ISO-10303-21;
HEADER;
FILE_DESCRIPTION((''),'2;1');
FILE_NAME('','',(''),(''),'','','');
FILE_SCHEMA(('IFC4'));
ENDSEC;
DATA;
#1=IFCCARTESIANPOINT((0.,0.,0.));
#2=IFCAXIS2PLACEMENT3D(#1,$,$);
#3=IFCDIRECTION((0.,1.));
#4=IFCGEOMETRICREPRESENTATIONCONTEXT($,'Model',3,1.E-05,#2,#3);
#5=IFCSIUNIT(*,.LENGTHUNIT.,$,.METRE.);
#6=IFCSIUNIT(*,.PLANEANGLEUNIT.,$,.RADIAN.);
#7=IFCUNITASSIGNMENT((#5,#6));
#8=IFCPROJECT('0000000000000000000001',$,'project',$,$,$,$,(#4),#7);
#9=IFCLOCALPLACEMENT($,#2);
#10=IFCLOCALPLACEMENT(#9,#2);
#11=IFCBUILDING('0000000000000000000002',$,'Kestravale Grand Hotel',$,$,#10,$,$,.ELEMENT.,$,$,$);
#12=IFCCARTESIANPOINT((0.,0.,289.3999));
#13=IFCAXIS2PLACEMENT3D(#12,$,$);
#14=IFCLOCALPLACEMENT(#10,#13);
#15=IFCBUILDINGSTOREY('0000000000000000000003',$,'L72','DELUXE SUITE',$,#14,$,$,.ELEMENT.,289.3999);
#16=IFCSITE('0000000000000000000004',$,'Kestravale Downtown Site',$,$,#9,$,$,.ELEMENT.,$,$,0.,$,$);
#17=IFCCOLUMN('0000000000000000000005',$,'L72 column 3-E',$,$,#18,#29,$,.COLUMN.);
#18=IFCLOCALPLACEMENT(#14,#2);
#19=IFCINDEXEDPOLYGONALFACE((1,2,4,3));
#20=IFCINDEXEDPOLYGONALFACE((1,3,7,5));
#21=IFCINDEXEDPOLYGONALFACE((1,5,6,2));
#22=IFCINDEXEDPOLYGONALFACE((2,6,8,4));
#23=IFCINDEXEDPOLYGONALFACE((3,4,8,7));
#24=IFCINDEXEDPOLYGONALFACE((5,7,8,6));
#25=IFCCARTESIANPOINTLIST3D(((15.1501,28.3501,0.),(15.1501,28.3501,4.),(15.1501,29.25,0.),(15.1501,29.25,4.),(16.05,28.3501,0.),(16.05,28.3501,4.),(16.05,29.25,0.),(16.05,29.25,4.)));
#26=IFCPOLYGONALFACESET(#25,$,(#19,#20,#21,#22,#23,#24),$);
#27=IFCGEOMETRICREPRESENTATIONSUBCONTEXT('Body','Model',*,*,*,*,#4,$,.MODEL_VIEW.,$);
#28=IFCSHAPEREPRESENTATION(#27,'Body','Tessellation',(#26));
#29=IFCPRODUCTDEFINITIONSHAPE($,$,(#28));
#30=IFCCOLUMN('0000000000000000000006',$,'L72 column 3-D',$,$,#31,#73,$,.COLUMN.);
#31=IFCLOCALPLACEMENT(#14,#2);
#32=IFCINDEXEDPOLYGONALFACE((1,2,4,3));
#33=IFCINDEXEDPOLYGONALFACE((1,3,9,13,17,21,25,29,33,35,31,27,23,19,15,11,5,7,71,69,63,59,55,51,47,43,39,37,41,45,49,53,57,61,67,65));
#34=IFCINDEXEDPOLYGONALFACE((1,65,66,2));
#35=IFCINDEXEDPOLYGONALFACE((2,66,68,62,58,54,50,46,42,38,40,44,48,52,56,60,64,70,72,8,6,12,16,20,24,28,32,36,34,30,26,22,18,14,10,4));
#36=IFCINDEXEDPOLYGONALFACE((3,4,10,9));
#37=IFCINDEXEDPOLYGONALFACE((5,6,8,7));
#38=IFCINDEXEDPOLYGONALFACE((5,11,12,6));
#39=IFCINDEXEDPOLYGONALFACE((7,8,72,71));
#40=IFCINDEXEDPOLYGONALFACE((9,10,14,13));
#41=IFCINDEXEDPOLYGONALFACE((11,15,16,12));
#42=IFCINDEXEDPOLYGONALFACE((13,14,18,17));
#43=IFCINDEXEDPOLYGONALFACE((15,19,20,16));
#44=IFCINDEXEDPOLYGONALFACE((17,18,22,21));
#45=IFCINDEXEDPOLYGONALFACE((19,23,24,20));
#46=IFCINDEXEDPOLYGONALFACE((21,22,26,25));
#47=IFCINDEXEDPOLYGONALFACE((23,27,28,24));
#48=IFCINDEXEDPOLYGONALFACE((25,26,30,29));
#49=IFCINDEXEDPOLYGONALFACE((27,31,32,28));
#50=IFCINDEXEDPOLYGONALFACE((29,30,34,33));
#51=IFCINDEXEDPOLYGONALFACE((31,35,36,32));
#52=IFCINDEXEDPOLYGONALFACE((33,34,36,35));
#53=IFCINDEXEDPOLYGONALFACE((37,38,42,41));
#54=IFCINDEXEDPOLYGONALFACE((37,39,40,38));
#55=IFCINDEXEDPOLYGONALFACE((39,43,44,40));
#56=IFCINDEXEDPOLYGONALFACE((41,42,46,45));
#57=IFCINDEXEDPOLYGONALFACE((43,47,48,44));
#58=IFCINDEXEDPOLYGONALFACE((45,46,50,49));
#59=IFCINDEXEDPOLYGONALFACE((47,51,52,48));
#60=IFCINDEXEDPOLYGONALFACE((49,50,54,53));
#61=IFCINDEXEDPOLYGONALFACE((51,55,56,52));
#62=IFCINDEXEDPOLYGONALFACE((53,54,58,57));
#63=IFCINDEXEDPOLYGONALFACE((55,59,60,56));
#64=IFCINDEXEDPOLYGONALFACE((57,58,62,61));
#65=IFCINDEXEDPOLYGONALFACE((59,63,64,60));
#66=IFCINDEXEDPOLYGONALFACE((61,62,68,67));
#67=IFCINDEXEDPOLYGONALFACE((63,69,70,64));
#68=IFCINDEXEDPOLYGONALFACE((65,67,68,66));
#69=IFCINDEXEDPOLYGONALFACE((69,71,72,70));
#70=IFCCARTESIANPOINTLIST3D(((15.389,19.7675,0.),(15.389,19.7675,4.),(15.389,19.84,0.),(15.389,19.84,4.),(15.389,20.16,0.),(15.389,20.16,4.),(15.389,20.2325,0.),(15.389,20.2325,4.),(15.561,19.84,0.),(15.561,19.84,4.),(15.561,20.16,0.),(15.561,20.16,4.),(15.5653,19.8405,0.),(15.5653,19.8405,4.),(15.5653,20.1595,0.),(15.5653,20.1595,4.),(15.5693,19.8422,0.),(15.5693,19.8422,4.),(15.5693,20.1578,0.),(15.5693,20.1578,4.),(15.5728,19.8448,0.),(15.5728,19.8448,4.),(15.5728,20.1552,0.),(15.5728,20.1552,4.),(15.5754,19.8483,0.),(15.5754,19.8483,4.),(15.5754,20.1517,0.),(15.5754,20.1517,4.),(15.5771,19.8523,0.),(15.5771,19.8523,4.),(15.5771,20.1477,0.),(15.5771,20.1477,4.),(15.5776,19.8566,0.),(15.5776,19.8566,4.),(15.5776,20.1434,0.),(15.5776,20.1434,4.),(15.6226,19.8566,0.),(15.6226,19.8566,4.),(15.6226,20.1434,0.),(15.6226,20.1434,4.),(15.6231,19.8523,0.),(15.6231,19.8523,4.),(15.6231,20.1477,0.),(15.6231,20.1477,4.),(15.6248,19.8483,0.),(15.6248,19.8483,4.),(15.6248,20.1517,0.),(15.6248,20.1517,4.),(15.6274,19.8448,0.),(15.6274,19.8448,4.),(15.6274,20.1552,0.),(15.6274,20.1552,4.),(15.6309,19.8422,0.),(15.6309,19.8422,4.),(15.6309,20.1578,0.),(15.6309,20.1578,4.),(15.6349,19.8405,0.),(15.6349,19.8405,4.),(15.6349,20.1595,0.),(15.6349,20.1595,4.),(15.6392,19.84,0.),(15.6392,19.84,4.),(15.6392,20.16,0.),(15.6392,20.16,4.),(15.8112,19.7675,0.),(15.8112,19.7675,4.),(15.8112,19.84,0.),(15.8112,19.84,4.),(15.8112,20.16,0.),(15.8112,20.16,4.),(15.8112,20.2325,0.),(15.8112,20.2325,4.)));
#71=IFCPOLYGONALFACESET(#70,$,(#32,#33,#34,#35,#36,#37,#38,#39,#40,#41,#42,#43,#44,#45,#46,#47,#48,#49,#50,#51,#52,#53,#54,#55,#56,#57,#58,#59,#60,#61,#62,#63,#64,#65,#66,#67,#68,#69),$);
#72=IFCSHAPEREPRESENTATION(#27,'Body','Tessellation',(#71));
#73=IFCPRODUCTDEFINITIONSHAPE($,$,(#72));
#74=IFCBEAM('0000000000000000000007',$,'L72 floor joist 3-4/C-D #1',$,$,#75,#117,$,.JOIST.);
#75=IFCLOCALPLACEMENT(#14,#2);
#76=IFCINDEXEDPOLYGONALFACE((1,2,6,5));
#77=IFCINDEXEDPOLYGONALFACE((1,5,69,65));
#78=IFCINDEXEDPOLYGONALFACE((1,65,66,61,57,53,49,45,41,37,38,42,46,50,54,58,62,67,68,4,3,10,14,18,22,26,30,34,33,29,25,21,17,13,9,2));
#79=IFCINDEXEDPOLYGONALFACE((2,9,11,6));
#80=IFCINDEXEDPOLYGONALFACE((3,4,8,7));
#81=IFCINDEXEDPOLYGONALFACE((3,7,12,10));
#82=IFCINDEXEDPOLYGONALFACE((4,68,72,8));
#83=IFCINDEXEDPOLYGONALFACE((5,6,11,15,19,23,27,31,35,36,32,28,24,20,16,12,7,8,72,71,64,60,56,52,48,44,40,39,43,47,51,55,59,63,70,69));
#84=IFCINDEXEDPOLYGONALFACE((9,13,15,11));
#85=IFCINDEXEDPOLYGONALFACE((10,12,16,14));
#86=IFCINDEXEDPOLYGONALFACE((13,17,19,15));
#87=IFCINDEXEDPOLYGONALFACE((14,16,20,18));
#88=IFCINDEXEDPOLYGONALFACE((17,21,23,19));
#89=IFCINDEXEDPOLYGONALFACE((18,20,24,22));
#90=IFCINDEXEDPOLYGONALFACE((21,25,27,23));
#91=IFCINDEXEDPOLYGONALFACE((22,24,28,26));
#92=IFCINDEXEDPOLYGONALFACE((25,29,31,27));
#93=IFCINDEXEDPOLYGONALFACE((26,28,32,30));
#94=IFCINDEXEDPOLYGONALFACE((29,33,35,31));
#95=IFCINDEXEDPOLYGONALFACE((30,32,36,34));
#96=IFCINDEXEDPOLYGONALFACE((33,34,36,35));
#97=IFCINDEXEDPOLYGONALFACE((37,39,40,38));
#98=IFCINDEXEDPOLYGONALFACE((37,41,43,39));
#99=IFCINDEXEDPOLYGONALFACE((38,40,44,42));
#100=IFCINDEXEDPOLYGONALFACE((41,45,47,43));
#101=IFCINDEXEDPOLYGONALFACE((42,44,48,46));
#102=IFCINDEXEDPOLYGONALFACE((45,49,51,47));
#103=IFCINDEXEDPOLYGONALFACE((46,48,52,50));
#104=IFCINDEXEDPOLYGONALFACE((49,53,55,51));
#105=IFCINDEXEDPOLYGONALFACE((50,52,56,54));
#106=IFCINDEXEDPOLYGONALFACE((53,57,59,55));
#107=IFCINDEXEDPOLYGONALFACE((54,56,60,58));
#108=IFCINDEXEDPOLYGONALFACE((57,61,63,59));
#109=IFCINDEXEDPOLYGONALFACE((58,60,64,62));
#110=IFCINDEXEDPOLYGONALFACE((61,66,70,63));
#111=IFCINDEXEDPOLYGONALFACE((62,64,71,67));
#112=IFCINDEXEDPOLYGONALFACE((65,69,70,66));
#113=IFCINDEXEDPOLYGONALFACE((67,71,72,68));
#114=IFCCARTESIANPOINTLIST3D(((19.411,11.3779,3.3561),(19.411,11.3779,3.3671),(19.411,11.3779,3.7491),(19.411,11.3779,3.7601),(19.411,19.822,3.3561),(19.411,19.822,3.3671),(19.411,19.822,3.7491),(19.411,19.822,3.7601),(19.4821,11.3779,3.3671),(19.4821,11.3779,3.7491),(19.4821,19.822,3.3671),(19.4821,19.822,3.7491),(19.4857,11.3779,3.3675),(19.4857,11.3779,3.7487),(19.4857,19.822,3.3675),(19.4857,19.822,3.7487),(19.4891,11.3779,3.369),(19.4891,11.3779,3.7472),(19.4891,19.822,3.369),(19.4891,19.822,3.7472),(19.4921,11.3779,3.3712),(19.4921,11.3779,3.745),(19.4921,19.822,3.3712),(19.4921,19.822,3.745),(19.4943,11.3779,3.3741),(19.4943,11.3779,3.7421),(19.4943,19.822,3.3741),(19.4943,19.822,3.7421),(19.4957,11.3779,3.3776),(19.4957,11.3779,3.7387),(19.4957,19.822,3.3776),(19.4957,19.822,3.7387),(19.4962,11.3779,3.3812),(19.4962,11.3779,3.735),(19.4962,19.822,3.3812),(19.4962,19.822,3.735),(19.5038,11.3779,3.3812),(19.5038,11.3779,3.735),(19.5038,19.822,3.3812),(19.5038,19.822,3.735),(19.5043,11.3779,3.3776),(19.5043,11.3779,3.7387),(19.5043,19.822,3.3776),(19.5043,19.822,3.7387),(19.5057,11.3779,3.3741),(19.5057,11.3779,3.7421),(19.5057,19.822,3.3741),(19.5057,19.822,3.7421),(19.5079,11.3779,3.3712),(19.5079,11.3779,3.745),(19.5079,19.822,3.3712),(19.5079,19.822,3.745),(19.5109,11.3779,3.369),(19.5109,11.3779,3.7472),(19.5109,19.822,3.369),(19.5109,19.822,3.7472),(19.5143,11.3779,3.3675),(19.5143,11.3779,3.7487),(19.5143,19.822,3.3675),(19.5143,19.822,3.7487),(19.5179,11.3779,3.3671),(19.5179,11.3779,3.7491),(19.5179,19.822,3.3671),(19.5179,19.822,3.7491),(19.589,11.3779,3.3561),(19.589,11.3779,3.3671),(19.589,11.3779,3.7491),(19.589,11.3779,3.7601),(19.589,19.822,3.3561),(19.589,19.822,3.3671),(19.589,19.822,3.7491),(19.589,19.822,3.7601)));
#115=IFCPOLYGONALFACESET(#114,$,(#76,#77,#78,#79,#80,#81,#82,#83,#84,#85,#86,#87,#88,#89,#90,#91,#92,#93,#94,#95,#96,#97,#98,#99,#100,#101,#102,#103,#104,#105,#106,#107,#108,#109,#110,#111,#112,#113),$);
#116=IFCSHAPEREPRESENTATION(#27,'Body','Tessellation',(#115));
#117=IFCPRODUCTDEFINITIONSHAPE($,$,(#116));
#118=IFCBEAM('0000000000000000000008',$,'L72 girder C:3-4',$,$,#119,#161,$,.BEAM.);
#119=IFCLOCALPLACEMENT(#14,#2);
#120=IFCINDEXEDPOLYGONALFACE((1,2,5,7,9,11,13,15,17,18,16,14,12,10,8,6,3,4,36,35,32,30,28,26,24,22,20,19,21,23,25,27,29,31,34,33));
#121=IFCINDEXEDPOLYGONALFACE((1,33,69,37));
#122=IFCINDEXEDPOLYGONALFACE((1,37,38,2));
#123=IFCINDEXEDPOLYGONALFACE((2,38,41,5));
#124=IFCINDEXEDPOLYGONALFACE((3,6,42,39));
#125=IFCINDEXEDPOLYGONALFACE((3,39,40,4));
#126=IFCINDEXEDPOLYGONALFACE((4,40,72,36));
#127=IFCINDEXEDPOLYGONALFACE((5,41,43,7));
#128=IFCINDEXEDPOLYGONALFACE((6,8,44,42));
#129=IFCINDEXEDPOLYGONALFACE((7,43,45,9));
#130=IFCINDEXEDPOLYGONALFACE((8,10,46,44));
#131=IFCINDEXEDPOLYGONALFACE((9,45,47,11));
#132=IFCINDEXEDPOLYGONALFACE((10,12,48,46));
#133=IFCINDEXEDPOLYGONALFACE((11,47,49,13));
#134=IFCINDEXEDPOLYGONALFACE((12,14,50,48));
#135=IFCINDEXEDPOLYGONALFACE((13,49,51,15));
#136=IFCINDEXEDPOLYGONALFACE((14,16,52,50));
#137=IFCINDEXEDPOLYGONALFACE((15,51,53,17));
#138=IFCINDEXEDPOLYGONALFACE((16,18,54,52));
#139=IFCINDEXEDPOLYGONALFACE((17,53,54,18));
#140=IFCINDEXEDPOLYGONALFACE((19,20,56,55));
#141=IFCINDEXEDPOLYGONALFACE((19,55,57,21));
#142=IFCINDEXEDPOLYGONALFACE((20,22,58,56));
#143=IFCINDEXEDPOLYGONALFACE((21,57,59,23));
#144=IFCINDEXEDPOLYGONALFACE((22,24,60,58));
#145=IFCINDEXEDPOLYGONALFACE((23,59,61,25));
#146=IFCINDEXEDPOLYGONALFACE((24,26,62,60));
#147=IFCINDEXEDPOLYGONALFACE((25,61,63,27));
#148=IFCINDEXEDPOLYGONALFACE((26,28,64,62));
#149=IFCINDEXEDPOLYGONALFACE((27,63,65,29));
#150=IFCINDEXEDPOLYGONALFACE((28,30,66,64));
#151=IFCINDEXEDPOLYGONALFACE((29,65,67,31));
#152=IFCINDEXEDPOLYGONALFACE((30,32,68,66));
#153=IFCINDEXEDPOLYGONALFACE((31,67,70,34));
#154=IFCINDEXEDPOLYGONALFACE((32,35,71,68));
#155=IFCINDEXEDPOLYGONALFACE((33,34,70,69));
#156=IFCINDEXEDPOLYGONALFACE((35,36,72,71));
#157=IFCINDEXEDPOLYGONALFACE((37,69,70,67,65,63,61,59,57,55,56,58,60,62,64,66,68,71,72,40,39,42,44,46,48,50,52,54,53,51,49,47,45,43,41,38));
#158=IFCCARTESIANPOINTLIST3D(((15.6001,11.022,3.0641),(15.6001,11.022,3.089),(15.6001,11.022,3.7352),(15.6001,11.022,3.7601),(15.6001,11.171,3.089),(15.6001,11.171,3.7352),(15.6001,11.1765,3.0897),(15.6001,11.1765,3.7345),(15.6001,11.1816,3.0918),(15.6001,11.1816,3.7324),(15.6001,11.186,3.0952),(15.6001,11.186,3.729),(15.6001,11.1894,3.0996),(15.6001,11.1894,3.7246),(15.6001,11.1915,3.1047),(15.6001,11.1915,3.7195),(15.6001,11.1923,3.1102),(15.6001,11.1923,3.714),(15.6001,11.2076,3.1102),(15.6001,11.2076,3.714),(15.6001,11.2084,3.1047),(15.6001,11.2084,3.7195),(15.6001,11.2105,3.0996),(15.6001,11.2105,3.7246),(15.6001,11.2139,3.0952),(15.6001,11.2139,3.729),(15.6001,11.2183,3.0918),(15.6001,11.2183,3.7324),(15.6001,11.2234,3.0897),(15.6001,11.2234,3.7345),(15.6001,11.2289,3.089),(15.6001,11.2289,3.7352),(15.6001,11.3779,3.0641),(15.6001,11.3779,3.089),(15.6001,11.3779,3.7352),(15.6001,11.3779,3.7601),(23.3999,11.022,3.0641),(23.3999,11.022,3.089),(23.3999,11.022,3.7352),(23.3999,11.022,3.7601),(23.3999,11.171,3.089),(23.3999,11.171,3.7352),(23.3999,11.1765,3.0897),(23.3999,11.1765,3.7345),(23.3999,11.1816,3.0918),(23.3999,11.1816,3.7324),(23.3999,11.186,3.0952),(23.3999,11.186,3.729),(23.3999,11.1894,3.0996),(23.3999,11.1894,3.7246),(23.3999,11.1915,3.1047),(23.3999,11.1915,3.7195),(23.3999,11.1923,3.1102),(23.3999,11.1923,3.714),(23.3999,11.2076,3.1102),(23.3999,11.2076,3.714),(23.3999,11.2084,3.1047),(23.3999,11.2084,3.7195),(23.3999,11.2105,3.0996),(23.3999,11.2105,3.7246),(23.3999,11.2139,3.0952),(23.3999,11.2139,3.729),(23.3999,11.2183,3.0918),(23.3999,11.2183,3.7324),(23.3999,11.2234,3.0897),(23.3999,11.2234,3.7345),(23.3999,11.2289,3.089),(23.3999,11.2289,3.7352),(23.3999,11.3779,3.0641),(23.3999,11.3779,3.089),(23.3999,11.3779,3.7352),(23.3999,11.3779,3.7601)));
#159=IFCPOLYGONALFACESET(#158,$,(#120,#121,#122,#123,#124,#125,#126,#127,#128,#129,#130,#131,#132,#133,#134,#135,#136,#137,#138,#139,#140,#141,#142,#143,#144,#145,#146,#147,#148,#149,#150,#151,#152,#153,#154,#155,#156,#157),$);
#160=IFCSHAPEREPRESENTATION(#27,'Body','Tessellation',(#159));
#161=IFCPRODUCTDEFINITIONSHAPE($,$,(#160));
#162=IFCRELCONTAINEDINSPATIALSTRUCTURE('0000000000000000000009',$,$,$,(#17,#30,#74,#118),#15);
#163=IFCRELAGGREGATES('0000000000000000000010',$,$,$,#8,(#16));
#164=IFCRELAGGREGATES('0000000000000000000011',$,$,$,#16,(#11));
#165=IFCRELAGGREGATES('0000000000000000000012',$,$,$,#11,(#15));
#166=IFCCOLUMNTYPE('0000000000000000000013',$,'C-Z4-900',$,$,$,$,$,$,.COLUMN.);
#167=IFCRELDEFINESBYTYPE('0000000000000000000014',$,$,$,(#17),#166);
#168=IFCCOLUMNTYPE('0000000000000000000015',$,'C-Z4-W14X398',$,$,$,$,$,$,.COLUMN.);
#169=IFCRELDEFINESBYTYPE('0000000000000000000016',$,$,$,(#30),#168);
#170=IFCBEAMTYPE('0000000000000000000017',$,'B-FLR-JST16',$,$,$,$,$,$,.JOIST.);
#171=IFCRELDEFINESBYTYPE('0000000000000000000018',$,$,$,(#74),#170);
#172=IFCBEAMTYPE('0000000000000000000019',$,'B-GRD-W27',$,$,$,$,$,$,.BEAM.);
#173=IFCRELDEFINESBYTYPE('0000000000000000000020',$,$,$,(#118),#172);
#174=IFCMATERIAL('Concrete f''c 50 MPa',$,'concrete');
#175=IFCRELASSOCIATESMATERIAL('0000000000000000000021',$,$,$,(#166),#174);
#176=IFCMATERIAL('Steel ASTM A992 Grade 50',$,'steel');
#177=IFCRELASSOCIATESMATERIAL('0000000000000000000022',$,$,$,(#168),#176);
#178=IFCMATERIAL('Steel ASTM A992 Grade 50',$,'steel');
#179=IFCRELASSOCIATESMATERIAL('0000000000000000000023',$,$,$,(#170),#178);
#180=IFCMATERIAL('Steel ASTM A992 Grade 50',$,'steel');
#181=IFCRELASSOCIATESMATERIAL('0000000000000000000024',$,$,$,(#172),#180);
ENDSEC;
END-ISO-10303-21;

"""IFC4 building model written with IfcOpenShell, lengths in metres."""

from ifc_helpers import new_model, si_unit, direction, frame, origin, origin_2d, place, context, subcontext, project, spatial, rectangle, i_section, extrude, material, material_profile, profile_set, type_object, element, save


model = new_model("IFC4")

# Units and contexts
model_context = context("Model", 3, precision=1e-05, world=origin(), true_north=direction((0.0, 1.0)))
body_context = subcontext(model_context, "Body", "Model", "MODEL_VIEW")
ifc_project = project(units=[si_unit("LENGTHUNIT", "METRE"), si_unit("PLANEANGLEUNIT", "RADIAN")], contexts=[model_context])

# Site, building, storey
site_placement = place(None, origin())
site = spatial("IfcSite", under=ifc_project, at=site_placement, Name="Kestravale Downtown Site", CompositionType="ELEMENT", RefElevation=0.0)
building_placement = place(site_placement, origin())
building = spatial("IfcBuilding", under=site, at=building_placement, Name="Kestravale Grand Hotel", CompositionType="ELEMENT")
storey_placement = place(building_placement, frame((0.0, 0.0, 289.3999)))
storey = spatial("IfcBuildingStorey", under=building, at=storey_placement, Name="L72", Description="DELUXE SUITE", CompositionType="ELEMENT", Elevation=289.3999)

# Columns
ifc_material_1 = material(Name="Concrete f'c 50 MPa", Category="concrete")
ifc_material_profile_1 = material_profile(ifc_material_1, rectangle(XDim=0.8999, YDim=0.8999, at=origin_2d()))
ifc_profile_set_1 = profile_set([ifc_material_profile_1], Name="Concrete f'c 50 MPa")
column_type_1 = type_object("IfcColumnType", Name="C-Z4-900", PredefinedType="COLUMN", material=ifc_profile_set_1)
column_1_placement = place(storey_placement, frame((15.6001, 28.8, 0.0), z_axis=(0.0, 0.0, 1.0), x_axis=(1.0, 0.0, 0.0)))
element("IfcColumn", 1, at=column_1_placement, inside=storey, type_object=column_type_1, Name="L72 column 3-E", PredefinedType="COLUMN", context=body_context, shape_type="SweptSolid", body=[
    extrude(rectangle(XDim=0.8999, YDim=0.8999, at=origin_2d()), origin(), (0.0, 0.0, 1.0), 4.0),
])
ifc_material_2 = material(Name="Steel ASTM A992 Grade 50", Category="steel")
ifc_material_profile_2 = material_profile(ifc_material_2, i_section(OverallWidth=0.4221, OverallDepth=0.4651, WebThickness=0.0449, FlangeThickness=0.0725, FilletRadius=0.0166, at=origin_2d()))
ifc_profile_set_2 = profile_set([ifc_material_profile_2], Name="Steel ASTM A992 Grade 50")
column_type_2 = type_object("IfcColumnType", Name="C-Z4-W14X398", PredefinedType="COLUMN", material=ifc_profile_set_2)
column_2_placement = place(storey_placement, frame((15.6001, 20.0, 0.0), z_axis=(0.0, 0.0, 1.0), x_axis=(1.0, 0.0, 0.0)))
element("IfcColumn", 2, at=column_2_placement, inside=storey, type_object=column_type_2, Name="L72 column 3-D", PredefinedType="COLUMN", context=body_context, shape_type="SweptSolid", body=[
    extrude(i_section(OverallWidth=0.4221, OverallDepth=0.4651, WebThickness=0.0449, FlangeThickness=0.0725, FilletRadius=0.0166, at=origin_2d()), origin(), (0.0, 0.0, 1.0), 4.0),
])

# Beams
ifc_material_3 = material(Name="Steel ASTM A992 Grade 50", Category="steel")
ifc_material_profile_3 = material_profile(ifc_material_3, i_section(OverallWidth=0.178, OverallDepth=0.4041, WebThickness=0.0076, FlangeThickness=0.011, FilletRadius=0.0142, at=origin_2d()))
ifc_profile_set_3 = profile_set([ifc_material_profile_3], Name="Steel ASTM A992 Grade 50")
beam_type_1 = type_object("IfcBeamType", Name="B-FLR-JST16", PredefinedType="JOIST", material=ifc_profile_set_3)
beam_1_placement = place(storey_placement, frame((19.5, 11.3779, 3.5581), z_axis=(0.0, 1.0, 0.0), x_axis=(-1.0, 0.0, 0.0)))
element("IfcBeam", 3, at=beam_1_placement, inside=storey, type_object=beam_type_1, Name="L72 floor joist 3-4/C-D #1", PredefinedType="JOIST", context=body_context, shape_type="SweptSolid", body=[
    extrude(i_section(OverallWidth=0.178, OverallDepth=0.4041, WebThickness=0.0076, FlangeThickness=0.011, FilletRadius=0.0142, at=origin_2d()), origin(), (0.0, 0.0, 1.0), 8.4441),
])
ifc_material_4 = material(Name="Steel ASTM A992 Grade 50", Category="steel")
ifc_material_profile_4 = material_profile(ifc_material_4, i_section(OverallWidth=0.356, OverallDepth=0.696, WebThickness=0.0154, FlangeThickness=0.0249, FilletRadius=0.0212, at=origin_2d()))
ifc_profile_set_4 = profile_set([ifc_material_profile_4], Name="Steel ASTM A992 Grade 50")
beam_type_2 = type_object("IfcBeamType", Name="B-GRD-W27", PredefinedType="BEAM", material=ifc_profile_set_4)
for number, where, z_axis, x_axis, name in (
    (4, (15.6001, 11.2, 3.4121), (1.0, 0.0, 0.0), (0.0, 1.0, 0.0), "L72 girder C:3-4"),
):
    element("IfcBeam", number, at=place(storey_placement, frame(where, z_axis=z_axis, x_axis=x_axis)), inside=storey, type_object=beam_type_2, Name=name, PredefinedType="BEAM", context=body_context, shape_type="SweptSolid", body=[
        extrude(i_section(OverallWidth=0.356, OverallDepth=0.696, WebThickness=0.0154, FlangeThickness=0.0249, FilletRadius=0.0212, at=origin_2d()), origin(), (0.0, 0.0, 1.0), 7.7998),
    ])

save(model, "model.ifc")
